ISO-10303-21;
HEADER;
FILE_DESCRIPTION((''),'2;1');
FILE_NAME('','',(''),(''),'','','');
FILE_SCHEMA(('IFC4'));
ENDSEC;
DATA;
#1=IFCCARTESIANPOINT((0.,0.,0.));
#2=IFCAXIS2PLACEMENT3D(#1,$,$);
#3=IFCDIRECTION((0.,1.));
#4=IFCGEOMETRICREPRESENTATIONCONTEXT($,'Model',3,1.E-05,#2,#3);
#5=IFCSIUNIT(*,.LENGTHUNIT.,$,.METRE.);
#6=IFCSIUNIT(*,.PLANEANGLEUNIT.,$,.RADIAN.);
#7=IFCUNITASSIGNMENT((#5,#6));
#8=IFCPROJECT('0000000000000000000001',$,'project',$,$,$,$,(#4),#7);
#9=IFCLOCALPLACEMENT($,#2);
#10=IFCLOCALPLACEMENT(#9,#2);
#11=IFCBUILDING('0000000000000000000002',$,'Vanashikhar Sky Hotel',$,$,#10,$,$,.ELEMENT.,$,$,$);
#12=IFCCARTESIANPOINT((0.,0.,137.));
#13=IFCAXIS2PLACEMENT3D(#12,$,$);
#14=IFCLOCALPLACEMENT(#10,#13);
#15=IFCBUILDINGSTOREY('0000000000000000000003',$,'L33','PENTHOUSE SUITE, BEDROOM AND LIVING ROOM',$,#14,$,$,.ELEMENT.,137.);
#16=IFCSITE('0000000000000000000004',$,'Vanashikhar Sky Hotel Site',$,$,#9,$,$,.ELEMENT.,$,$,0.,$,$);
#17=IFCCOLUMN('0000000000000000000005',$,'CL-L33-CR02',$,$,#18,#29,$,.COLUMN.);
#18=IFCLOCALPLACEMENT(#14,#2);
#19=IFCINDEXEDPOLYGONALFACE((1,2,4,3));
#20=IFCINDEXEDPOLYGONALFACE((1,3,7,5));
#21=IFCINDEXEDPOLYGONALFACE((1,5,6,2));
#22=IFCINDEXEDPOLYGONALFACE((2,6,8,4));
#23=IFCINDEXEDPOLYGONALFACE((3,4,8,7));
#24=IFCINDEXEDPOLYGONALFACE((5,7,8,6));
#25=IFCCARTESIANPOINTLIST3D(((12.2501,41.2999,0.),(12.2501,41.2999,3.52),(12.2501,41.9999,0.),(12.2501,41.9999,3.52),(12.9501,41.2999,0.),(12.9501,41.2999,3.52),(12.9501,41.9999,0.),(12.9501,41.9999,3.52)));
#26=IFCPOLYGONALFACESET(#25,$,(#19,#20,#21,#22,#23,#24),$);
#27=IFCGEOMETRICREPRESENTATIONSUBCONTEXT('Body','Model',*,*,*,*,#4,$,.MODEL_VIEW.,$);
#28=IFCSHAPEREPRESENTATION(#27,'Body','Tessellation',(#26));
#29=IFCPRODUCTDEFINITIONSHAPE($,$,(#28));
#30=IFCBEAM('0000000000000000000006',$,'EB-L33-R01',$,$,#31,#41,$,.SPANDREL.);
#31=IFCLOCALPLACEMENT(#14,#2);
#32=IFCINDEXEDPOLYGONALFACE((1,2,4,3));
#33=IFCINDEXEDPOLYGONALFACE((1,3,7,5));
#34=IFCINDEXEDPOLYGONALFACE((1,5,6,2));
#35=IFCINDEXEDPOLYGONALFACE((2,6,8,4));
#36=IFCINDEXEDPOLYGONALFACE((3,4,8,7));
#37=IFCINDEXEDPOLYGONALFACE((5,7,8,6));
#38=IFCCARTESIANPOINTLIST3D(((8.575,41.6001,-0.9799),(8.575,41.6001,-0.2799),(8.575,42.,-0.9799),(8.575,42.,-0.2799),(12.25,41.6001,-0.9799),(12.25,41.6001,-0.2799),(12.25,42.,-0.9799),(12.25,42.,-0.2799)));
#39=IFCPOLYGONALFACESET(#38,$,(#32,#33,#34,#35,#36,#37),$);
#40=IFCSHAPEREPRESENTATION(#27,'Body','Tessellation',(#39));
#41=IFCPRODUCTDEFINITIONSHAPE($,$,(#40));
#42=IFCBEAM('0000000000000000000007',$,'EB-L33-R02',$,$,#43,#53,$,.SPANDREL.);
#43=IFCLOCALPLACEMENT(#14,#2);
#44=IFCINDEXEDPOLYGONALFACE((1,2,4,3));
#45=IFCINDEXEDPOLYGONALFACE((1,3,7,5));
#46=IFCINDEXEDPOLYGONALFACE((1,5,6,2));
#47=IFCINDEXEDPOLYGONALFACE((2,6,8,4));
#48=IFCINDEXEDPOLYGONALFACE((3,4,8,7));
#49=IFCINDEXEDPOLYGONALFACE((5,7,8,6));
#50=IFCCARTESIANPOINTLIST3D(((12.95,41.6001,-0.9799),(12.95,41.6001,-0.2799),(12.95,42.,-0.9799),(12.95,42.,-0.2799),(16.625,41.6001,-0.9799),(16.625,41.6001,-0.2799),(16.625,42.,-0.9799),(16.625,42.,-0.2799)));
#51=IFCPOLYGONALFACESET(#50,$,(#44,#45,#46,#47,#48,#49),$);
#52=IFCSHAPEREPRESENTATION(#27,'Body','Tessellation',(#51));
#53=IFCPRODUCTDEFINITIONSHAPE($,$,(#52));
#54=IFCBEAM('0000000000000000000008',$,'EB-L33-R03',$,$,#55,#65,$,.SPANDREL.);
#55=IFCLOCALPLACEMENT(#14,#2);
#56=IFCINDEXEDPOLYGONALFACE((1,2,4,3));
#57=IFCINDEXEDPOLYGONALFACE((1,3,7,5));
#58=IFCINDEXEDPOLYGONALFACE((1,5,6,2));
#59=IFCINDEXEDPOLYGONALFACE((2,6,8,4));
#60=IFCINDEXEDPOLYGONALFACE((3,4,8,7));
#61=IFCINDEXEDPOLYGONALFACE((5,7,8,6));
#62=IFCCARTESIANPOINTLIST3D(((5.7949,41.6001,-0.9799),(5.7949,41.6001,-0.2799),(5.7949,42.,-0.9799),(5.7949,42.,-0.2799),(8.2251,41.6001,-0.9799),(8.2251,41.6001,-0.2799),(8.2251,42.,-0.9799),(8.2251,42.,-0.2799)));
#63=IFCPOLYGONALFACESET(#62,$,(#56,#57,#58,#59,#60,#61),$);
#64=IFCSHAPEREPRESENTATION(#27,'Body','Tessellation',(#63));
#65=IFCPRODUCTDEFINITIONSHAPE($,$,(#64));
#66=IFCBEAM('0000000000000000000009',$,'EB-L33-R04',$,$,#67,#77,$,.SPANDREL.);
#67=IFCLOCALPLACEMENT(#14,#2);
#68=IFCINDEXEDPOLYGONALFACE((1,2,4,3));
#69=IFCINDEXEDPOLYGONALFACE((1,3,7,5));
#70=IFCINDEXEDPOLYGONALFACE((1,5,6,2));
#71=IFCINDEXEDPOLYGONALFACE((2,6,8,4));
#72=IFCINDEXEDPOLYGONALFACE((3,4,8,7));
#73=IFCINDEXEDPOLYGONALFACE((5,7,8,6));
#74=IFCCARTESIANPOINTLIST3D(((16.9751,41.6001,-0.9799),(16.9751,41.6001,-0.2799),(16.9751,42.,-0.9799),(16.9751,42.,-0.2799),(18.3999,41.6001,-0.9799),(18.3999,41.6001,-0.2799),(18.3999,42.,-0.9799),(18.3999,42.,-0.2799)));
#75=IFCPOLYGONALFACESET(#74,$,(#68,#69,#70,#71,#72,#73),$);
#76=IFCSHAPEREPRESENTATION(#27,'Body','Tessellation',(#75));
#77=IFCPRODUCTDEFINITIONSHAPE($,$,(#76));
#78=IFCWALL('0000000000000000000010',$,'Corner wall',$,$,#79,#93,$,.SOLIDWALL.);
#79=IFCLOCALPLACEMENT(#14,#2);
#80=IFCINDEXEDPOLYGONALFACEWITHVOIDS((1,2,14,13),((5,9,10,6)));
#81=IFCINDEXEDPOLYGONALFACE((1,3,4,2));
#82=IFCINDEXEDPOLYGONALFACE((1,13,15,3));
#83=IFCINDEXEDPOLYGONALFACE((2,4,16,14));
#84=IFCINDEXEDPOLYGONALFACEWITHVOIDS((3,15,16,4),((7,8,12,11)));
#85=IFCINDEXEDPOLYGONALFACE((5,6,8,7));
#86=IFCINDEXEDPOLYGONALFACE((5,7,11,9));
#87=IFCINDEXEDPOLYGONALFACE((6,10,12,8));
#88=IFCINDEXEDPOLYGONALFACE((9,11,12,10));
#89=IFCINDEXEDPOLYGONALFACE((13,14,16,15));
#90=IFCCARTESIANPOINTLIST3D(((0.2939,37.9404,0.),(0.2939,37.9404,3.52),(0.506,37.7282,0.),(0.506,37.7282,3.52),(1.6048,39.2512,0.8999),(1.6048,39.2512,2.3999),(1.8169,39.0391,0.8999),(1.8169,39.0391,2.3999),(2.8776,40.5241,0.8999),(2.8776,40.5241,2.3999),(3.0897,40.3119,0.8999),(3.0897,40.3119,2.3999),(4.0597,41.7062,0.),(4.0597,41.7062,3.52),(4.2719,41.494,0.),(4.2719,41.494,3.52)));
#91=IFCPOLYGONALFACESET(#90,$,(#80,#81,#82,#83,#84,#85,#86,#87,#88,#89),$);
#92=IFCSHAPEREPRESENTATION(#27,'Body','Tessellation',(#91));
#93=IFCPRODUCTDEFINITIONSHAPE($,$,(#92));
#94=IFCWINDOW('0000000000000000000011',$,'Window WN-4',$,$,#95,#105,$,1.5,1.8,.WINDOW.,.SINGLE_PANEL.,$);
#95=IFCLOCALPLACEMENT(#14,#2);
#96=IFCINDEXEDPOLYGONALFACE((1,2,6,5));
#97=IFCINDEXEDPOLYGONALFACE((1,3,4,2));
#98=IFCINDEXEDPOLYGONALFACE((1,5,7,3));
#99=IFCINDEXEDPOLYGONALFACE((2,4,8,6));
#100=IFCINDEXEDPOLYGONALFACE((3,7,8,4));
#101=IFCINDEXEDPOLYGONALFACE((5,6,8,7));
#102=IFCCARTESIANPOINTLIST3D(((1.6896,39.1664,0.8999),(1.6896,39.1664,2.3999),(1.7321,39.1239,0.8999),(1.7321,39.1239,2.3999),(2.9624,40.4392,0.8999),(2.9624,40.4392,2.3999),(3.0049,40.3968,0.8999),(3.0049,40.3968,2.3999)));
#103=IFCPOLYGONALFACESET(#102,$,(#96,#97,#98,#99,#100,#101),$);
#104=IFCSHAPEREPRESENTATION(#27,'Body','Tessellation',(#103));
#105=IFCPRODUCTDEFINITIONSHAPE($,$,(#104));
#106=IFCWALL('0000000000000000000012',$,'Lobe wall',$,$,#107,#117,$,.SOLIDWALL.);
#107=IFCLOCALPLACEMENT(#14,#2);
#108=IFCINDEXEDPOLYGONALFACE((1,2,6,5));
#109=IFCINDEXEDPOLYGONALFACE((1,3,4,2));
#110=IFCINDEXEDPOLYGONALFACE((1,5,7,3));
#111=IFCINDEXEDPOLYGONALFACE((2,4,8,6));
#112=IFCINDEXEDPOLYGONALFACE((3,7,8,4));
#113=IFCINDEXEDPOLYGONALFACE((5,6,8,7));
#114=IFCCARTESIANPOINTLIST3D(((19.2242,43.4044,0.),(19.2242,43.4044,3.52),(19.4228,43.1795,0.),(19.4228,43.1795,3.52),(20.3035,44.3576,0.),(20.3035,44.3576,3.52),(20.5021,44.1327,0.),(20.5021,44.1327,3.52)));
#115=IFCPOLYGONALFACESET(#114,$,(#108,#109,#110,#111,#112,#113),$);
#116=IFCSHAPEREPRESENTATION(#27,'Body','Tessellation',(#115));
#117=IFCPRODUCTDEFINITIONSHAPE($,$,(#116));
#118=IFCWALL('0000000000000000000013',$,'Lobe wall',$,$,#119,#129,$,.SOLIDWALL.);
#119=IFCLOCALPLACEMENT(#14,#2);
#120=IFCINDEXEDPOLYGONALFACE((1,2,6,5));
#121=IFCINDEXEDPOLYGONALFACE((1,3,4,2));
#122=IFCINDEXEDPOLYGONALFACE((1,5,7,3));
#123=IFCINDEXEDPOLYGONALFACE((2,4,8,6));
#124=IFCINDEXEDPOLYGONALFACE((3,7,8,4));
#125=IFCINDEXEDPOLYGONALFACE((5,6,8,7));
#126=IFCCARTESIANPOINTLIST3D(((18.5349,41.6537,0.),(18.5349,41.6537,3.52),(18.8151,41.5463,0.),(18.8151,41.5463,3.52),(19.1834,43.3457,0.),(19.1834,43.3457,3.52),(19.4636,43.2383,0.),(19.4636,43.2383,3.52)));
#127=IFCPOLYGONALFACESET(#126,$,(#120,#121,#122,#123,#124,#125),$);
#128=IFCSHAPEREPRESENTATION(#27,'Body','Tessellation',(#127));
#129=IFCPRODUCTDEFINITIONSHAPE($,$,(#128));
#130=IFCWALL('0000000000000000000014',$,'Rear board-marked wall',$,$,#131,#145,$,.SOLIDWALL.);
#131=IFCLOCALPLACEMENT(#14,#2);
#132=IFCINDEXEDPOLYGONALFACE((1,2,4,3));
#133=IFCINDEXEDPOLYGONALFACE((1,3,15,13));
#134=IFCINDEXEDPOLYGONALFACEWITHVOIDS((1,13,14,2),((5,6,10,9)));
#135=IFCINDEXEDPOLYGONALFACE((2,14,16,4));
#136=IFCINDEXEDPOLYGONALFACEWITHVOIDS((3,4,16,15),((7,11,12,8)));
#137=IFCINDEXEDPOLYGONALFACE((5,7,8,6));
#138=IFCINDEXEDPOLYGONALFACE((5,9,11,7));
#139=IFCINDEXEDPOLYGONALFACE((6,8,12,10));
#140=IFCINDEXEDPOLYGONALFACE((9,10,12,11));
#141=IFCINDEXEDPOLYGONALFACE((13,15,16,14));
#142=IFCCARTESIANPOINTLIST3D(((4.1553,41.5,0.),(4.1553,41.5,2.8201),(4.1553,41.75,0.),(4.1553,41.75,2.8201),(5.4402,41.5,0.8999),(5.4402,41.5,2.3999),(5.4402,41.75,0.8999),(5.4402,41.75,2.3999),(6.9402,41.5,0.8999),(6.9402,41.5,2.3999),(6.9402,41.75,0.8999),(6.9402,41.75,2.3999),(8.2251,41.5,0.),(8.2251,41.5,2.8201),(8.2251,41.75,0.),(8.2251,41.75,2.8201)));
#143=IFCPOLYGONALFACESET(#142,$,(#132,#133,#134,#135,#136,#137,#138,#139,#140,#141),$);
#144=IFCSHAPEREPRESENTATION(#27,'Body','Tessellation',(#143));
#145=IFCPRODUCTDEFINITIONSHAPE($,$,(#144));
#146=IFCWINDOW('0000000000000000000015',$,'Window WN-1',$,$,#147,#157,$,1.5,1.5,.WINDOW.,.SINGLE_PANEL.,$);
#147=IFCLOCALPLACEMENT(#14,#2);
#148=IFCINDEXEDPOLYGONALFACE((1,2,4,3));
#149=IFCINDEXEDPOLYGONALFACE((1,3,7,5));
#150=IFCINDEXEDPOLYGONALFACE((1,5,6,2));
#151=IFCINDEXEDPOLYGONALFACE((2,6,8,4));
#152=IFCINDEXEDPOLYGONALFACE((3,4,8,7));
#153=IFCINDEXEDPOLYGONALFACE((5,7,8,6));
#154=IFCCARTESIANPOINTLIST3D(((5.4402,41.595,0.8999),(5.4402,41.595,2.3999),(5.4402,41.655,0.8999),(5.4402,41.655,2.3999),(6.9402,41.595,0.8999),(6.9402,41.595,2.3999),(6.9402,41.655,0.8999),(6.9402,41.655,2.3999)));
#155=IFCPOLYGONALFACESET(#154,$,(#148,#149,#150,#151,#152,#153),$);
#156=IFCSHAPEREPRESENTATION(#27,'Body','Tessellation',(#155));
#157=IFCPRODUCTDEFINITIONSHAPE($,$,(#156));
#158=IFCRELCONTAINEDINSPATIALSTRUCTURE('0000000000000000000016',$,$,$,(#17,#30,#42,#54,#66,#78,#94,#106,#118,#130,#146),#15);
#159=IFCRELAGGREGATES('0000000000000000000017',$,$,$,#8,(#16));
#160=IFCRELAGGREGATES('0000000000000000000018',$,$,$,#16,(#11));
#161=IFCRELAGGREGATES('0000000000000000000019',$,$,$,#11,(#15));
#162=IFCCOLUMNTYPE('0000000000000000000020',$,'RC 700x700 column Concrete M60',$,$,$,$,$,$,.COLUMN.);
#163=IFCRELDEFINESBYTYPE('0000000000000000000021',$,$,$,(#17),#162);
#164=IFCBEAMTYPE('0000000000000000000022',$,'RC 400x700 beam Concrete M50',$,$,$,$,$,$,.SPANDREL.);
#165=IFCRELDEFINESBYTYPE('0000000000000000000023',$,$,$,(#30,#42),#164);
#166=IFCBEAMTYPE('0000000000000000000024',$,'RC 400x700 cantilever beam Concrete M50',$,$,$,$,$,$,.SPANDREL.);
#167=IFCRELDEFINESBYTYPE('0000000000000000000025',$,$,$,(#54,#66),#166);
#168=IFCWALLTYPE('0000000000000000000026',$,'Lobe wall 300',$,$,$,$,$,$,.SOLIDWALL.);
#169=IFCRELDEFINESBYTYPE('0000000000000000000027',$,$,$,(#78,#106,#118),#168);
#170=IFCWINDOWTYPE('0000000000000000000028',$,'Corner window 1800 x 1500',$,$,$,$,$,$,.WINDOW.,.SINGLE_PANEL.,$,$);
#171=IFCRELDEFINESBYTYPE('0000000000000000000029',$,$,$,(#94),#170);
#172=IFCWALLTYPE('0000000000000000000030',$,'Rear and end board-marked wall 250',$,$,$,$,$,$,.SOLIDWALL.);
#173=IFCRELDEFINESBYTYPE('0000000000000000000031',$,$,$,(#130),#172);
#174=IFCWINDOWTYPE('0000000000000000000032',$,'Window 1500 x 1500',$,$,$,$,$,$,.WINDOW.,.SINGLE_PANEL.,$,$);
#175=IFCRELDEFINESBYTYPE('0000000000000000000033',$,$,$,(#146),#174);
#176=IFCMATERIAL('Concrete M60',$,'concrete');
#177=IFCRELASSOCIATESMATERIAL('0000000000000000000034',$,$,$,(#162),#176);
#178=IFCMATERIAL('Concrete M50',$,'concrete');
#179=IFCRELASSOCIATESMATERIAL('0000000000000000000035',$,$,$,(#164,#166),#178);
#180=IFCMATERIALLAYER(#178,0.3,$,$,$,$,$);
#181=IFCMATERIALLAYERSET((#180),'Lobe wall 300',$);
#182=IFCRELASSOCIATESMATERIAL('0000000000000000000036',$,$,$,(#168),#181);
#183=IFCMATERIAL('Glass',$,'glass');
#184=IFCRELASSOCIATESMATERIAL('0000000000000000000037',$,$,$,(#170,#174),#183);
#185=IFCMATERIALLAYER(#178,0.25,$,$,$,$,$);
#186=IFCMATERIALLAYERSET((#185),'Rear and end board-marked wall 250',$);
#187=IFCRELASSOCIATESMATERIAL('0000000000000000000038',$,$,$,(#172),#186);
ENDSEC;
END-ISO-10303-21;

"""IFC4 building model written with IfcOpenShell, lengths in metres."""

from ifc_helpers import new_model, si_unit, direction, frame, frame_2d, origin, origin_2d, place, context, subcontext, project, spatial, rectangle, extrude, source, transform, mapped, material, layer, layer_set, material_profile, profile_set, type_object, element, fill, save


model = new_model("IFC4")

# Units and contexts
model_context = context("Model", 3, precision=1e-05, world=origin(), true_north=direction((0.0, 1.0)))
body_context = subcontext(model_context, "Body", "Model", "MODEL_VIEW")
ifc_project = project(units=[si_unit("LENGTHUNIT", "METRE"), si_unit("PLANEANGLEUNIT", "RADIAN")], contexts=[model_context])

# Site, building, storey
site_placement = place(None, origin())
site = spatial("IfcSite", under=ifc_project, at=site_placement, Name="Vanashikhar Sky Hotel Site", CompositionType="ELEMENT", RefElevation=0.0)
building_placement = place(site_placement, origin())
building = spatial("IfcBuilding", under=site, at=building_placement, Name="Vanashikhar Sky Hotel", CompositionType="ELEMENT")
storey_placement = place(building_placement, frame((0.0, 0.0, 137.0)))
storey = spatial("IfcBuildingStorey", under=building, at=storey_placement, Name="L33", Description="PENTHOUSE SUITE, BEDROOM AND LIVING ROOM", CompositionType="ELEMENT", Elevation=137.0)

# Column
ifc_material_1 = material(Name="Concrete M60", Category="concrete")
ifc_material_profile_1 = material_profile(ifc_material_1, rectangle(XDim=0.7, YDim=0.7, at=origin_2d()))
ifc_profile_set_1 = profile_set([ifc_material_profile_1], Name="RC 700x700 column Concrete M60")
column_type = type_object("IfcColumnType", Name="RC 700x700 column Concrete M60", PredefinedType="COLUMN", material=ifc_profile_set_1)
shared_shape_1 = source(origin(), body_context, "Body", "SweptSolid", [
    extrude(rectangle(XDim=0.7, YDim=0.7, at=origin_2d()), origin(), (0.0, 0.0, 1.0), 3.52),
])
column_placement = place(storey_placement, frame((12.6001, 41.6499, 0.0), z_axis=(0.0, 0.0, 1.0), x_axis=(1.0, 0.0, 0.0)))
element("IfcColumn", 1, at=column_placement, inside=storey, type_object=column_type, Name="CL-L33-CR02", PredefinedType="COLUMN", context=body_context, shape_type="MappedRepresentation", body=[
    mapped(shared_shape_1, transform((0.0, 0.0, 0.0), scale=1.0)),
])

# Beams
ifc_material_2 = material(Name="Concrete M50", Category="concrete")
ifc_material_profile_2 = material_profile(ifc_material_2, rectangle(XDim=0.3999, YDim=0.7, at=origin_2d()))
ifc_profile_set_2 = profile_set([ifc_material_profile_2], Name="RC 400x700 beam Concrete M50")
beam_type_1 = type_object("IfcBeamType", Name="RC 400x700 beam Concrete M50", PredefinedType="SPANDREL", material=ifc_profile_set_2)
shared_shape_2 = source(origin(), body_context, "Body", "SweptSolid", [
    extrude(rectangle(XDim=0.3999, YDim=0.7, at=origin_2d()), origin(), (0.0, 0.0, 1.0), 3.675),
])
for number, where, z_axis, x_axis, name in (
    (2, (8.575, 41.8, -0.6299), (1.0, 0.0, 0.0), (0.0, 1.0, 0.0), "EB-L33-R01"),
    (3, (12.95, 41.8, -0.6299), (1.0, 0.0, 0.0), (0.0, 1.0, 0.0), "EB-L33-R02"),
):
    element("IfcBeam", number, at=place(storey_placement, frame(where, z_axis=z_axis, x_axis=x_axis)), inside=storey, type_object=beam_type_1, Name=name, PredefinedType="SPANDREL", context=body_context, shape_type="MappedRepresentation", body=[
        mapped(shared_shape_2, transform((0.0, 0.0, 0.0), scale=1.0)),
    ])
ifc_material_profile_3 = material_profile(ifc_material_2, rectangle(XDim=0.3999, YDim=0.7, at=origin_2d()))
ifc_profile_set_3 = profile_set([ifc_material_profile_3], Name="RC 400x700 cantilever beam Concrete M50")
beam_type_2 = type_object("IfcBeamType", Name="RC 400x700 cantilever beam Concrete M50", PredefinedType="SPANDREL", material=ifc_profile_set_3)
shared_shape_3 = source(origin(), body_context, "Body", "SweptSolid", [
    extrude(rectangle(XDim=0.3999, YDim=0.7, at=origin_2d()), origin(), (0.0, 0.0, 1.0), 2.4302),
])
beam_1_placement = place(storey_placement, frame((5.7949, 41.8, -0.6299), z_axis=(1.0, 0.0, 0.0), x_axis=(0.0, 1.0, 0.0)))
element("IfcBeam", 4, at=beam_1_placement, inside=storey, type_object=beam_type_2, Name="EB-L33-R03", PredefinedType="SPANDREL", context=body_context, shape_type="MappedRepresentation", body=[
    mapped(shared_shape_3, transform((0.0, 0.0, 0.0), scale=1.0)),
])
shared_shape_4 = source(origin(), body_context, "Body", "SweptSolid", [
    extrude(rectangle(XDim=0.3999, YDim=0.7, at=origin_2d()), origin(), (0.0, 0.0, 1.0), 1.4248),
])
beam_2_placement = place(storey_placement, frame((16.9751, 41.8, -0.6299), z_axis=(1.0, 0.0, 0.0), x_axis=(0.0, 1.0, 0.0)))
element("IfcBeam", 5, at=beam_2_placement, inside=storey, type_object=beam_type_2, Name="EB-L33-R04", PredefinedType="SPANDREL", context=body_context, shape_type="MappedRepresentation", body=[
    mapped(shared_shape_4, transform((0.0, 0.0, 0.0), scale=1.0)),
])

# Wall, opening, window
ifc_layer_1 = layer(ifc_material_2, 0.3)
ifc_layer_set_1 = layer_set([ifc_layer_1], Name="Lobe wall 300")
wall_type_1 = type_object("IfcWallType", Name="Lobe wall 300", PredefinedType="SOLIDWALL", material=ifc_layer_set_1)
shared_shape_5 = source(origin(), body_context, "Body", "SweptSolid", [
    extrude(rectangle(XDim=5.3257, YDim=0.3, at=frame_2d((2.6628, 0.0))), origin(), (0.0, 0.0, 1.0), 3.52),
])
wall_1_placement = place(storey_placement, frame((4.1658, 41.6001, 0.0), z_axis=(0.0, 0.0, 1.0), x_axis=(-0.707107, -0.707107, 0.0)))
wall_1 = element("IfcWall", 6, at=wall_1_placement, inside=storey, type_object=wall_type_1, Name="Corner wall", PredefinedType="SOLIDWALL", context=body_context, shape_type="MappedRepresentation", body=[
    mapped(shared_shape_5, transform((0.0, 0.0, 0.0), scale=1.0)),
])
shared_shape_6 = source(origin(), body_context, "Body", "SweptSolid", [
    extrude(rectangle(XDim=1.8, YDim=1.5, at=frame_2d((0.8999, 0.75))), frame((0.0, 0.1602, 0.0), z_axis=(0.0, -1.0, 0.0), x_axis=(1.0, 0.0, 0.0)), (0.0, 0.0, 1.0), 0.3201),
])
opening_1_placement = place(wall_1_placement, frame((1.6719, 0.0, 0.8999)))
opening_1 = element("IfcOpeningElement", 7, at=opening_1_placement, cuts=wall_1, PredefinedType="OPENING", context=body_context, shape_type="MappedRepresentation", body=[
    mapped(shared_shape_6, transform((0.0, 0.0, 0.0), scale=1.0)),
])
ifc_material_3 = material(Name="Glass", Category="glass")
window_type_1 = type_object("IfcWindowType", Name="Corner window 1800 x 1500", PartitioningType="SINGLE_PANEL", PredefinedType="WINDOW", material=ifc_material_3)
shared_shape_7 = source(origin(), body_context, "Body", "SweptSolid", [
    extrude(rectangle(XDim=1.8, YDim=1.5, at=frame_2d((0.8999, 0.75))), frame((0.0, 0.03, 0.0), z_axis=(0.0, -1.0, 0.0), x_axis=(1.0, 0.0, 0.0)), (0.0, 0.0, 1.0), 0.0601),
])
window_1_placement = place(opening_1_placement, origin())
window_1 = element("IfcWindow", 8, at=window_1_placement, inside=storey, type_object=window_type_1, Name="Window WN-4", OverallHeight=1.5, OverallWidth=1.8, PartitioningType="SINGLE_PANEL", PredefinedType="WINDOW", context=body_context, shape_type="MappedRepresentation", body=[
    mapped(shared_shape_7, transform((0.0, 0.0, 0.0), scale=1.0)),
])
fill(opening_1, window_1)

# Walls
shared_shape_8 = source(origin(), body_context, "Body", "SweptSolid", [
    extrude(rectangle(XDim=1.4399, YDim=0.3, at=frame_2d((0.72, 0.0))), origin(), (0.0, 0.0, 1.0), 3.52),
])
wall_2_placement = place(storey_placement, frame((20.4028, 44.2451, 0.0), z_axis=(0.0, 0.0, 1.0), x_axis=(-0.749576, -0.661919, 0.0)))
element("IfcWall", 9, at=wall_2_placement, inside=storey, type_object=wall_type_1, Name="Lobe wall", PredefinedType="SOLIDWALL", context=body_context, shape_type="MappedRepresentation", body=[
    mapped(shared_shape_8, transform((0.0, 0.0, 0.0), scale=1.0)),
])
shared_shape_9 = source(origin(), body_context, "Body", "SweptSolid", [
    extrude(rectangle(XDim=1.812, YDim=0.3, at=frame_2d((0.906, 0.0))), origin(), (0.0, 0.0, 1.0), 3.52),
])
wall_3_placement = place(storey_placement, frame((19.3235, 43.292, 0.0), z_axis=(0.0, 0.0, 1.0), x_axis=(-0.357877, -0.933769, 0.0)))
element("IfcWall", 10, at=wall_3_placement, inside=storey, type_object=wall_type_1, Name="Lobe wall", PredefinedType="SOLIDWALL", context=body_context, shape_type="MappedRepresentation", body=[
    mapped(shared_shape_9, transform((0.0, 0.0, 0.0), scale=1.0)),
])

# Wall, opening, window
ifc_layer_2 = layer(ifc_material_2, 0.25)
ifc_layer_set_2 = layer_set([ifc_layer_2], Name="Rear and end board-marked wall 250")
wall_type_2 = type_object("IfcWallType", Name="Rear and end board-marked wall 250", PredefinedType="SOLIDWALL", material=ifc_layer_set_2)
shared_shape_10 = source(origin(), body_context, "Body", "SweptSolid", [
    extrude(rectangle(XDim=4.0698, YDim=0.25, at=frame_2d((2.0349, 0.0))), origin(), (0.0, 0.0, 1.0), 2.8201),
])
wall_4_placement = place(storey_placement, frame((8.2251, 41.625, 0.0), z_axis=(0.0, 0.0, 1.0), x_axis=(-1.0, 0.0, 0.0)))
wall_4 = element("IfcWall", 11, at=wall_4_placement, inside=storey, type_object=wall_type_2, Name="Rear board-marked wall", PredefinedType="SOLIDWALL", context=body_context, shape_type="MappedRepresentation", body=[
    mapped(shared_shape_10, transform((0.0, 0.0, 0.0), scale=1.0)),
])
shared_shape_11 = source(origin(), body_context, "Body", "SweptSolid", [
    extrude(rectangle(XDim=1.5, YDim=1.5, at=frame_2d((0.75, 0.75))), frame((0.0, 0.135, 0.0), z_axis=(0.0, -1.0, 0.0), x_axis=(1.0, 0.0, 0.0)), (0.0, 0.0, 1.0), 0.27),
])
opening_2_placement = place(wall_4_placement, frame((1.2849, 0.0, 0.8999)))
opening_2 = element("IfcOpeningElement", 12, at=opening_2_placement, cuts=wall_4, PredefinedType="OPENING", context=body_context, shape_type="MappedRepresentation", body=[
    mapped(shared_shape_11, transform((0.0, 0.0, 0.0), scale=1.0)),
])
window_type_2 = type_object("IfcWindowType", Name="Window 1500 x 1500", PartitioningType="SINGLE_PANEL", PredefinedType="WINDOW", material=ifc_material_3)
shared_shape_12 = source(origin(), body_context, "Body", "SweptSolid", [
    extrude(rectangle(XDim=1.5, YDim=1.5, at=frame_2d((0.75, 0.75))), frame((0.0, 0.03, 0.0), z_axis=(0.0, -1.0, 0.0), x_axis=(1.0, 0.0, 0.0)), (0.0, 0.0, 1.0), 0.0601),
])
window_2_placement = place(opening_2_placement, origin())
window_2 = element("IfcWindow", 13, at=window_2_placement, inside=storey, type_object=window_type_2, Name="Window WN-1", OverallHeight=1.5, OverallWidth=1.5, PartitioningType="SINGLE_PANEL", PredefinedType="WINDOW", context=body_context, shape_type="MappedRepresentation", body=[
    mapped(shared_shape_12, transform((0.0, 0.0, 0.0), scale=1.0)),
])
fill(opening_2, window_2)

save(model, "model.ifc")
